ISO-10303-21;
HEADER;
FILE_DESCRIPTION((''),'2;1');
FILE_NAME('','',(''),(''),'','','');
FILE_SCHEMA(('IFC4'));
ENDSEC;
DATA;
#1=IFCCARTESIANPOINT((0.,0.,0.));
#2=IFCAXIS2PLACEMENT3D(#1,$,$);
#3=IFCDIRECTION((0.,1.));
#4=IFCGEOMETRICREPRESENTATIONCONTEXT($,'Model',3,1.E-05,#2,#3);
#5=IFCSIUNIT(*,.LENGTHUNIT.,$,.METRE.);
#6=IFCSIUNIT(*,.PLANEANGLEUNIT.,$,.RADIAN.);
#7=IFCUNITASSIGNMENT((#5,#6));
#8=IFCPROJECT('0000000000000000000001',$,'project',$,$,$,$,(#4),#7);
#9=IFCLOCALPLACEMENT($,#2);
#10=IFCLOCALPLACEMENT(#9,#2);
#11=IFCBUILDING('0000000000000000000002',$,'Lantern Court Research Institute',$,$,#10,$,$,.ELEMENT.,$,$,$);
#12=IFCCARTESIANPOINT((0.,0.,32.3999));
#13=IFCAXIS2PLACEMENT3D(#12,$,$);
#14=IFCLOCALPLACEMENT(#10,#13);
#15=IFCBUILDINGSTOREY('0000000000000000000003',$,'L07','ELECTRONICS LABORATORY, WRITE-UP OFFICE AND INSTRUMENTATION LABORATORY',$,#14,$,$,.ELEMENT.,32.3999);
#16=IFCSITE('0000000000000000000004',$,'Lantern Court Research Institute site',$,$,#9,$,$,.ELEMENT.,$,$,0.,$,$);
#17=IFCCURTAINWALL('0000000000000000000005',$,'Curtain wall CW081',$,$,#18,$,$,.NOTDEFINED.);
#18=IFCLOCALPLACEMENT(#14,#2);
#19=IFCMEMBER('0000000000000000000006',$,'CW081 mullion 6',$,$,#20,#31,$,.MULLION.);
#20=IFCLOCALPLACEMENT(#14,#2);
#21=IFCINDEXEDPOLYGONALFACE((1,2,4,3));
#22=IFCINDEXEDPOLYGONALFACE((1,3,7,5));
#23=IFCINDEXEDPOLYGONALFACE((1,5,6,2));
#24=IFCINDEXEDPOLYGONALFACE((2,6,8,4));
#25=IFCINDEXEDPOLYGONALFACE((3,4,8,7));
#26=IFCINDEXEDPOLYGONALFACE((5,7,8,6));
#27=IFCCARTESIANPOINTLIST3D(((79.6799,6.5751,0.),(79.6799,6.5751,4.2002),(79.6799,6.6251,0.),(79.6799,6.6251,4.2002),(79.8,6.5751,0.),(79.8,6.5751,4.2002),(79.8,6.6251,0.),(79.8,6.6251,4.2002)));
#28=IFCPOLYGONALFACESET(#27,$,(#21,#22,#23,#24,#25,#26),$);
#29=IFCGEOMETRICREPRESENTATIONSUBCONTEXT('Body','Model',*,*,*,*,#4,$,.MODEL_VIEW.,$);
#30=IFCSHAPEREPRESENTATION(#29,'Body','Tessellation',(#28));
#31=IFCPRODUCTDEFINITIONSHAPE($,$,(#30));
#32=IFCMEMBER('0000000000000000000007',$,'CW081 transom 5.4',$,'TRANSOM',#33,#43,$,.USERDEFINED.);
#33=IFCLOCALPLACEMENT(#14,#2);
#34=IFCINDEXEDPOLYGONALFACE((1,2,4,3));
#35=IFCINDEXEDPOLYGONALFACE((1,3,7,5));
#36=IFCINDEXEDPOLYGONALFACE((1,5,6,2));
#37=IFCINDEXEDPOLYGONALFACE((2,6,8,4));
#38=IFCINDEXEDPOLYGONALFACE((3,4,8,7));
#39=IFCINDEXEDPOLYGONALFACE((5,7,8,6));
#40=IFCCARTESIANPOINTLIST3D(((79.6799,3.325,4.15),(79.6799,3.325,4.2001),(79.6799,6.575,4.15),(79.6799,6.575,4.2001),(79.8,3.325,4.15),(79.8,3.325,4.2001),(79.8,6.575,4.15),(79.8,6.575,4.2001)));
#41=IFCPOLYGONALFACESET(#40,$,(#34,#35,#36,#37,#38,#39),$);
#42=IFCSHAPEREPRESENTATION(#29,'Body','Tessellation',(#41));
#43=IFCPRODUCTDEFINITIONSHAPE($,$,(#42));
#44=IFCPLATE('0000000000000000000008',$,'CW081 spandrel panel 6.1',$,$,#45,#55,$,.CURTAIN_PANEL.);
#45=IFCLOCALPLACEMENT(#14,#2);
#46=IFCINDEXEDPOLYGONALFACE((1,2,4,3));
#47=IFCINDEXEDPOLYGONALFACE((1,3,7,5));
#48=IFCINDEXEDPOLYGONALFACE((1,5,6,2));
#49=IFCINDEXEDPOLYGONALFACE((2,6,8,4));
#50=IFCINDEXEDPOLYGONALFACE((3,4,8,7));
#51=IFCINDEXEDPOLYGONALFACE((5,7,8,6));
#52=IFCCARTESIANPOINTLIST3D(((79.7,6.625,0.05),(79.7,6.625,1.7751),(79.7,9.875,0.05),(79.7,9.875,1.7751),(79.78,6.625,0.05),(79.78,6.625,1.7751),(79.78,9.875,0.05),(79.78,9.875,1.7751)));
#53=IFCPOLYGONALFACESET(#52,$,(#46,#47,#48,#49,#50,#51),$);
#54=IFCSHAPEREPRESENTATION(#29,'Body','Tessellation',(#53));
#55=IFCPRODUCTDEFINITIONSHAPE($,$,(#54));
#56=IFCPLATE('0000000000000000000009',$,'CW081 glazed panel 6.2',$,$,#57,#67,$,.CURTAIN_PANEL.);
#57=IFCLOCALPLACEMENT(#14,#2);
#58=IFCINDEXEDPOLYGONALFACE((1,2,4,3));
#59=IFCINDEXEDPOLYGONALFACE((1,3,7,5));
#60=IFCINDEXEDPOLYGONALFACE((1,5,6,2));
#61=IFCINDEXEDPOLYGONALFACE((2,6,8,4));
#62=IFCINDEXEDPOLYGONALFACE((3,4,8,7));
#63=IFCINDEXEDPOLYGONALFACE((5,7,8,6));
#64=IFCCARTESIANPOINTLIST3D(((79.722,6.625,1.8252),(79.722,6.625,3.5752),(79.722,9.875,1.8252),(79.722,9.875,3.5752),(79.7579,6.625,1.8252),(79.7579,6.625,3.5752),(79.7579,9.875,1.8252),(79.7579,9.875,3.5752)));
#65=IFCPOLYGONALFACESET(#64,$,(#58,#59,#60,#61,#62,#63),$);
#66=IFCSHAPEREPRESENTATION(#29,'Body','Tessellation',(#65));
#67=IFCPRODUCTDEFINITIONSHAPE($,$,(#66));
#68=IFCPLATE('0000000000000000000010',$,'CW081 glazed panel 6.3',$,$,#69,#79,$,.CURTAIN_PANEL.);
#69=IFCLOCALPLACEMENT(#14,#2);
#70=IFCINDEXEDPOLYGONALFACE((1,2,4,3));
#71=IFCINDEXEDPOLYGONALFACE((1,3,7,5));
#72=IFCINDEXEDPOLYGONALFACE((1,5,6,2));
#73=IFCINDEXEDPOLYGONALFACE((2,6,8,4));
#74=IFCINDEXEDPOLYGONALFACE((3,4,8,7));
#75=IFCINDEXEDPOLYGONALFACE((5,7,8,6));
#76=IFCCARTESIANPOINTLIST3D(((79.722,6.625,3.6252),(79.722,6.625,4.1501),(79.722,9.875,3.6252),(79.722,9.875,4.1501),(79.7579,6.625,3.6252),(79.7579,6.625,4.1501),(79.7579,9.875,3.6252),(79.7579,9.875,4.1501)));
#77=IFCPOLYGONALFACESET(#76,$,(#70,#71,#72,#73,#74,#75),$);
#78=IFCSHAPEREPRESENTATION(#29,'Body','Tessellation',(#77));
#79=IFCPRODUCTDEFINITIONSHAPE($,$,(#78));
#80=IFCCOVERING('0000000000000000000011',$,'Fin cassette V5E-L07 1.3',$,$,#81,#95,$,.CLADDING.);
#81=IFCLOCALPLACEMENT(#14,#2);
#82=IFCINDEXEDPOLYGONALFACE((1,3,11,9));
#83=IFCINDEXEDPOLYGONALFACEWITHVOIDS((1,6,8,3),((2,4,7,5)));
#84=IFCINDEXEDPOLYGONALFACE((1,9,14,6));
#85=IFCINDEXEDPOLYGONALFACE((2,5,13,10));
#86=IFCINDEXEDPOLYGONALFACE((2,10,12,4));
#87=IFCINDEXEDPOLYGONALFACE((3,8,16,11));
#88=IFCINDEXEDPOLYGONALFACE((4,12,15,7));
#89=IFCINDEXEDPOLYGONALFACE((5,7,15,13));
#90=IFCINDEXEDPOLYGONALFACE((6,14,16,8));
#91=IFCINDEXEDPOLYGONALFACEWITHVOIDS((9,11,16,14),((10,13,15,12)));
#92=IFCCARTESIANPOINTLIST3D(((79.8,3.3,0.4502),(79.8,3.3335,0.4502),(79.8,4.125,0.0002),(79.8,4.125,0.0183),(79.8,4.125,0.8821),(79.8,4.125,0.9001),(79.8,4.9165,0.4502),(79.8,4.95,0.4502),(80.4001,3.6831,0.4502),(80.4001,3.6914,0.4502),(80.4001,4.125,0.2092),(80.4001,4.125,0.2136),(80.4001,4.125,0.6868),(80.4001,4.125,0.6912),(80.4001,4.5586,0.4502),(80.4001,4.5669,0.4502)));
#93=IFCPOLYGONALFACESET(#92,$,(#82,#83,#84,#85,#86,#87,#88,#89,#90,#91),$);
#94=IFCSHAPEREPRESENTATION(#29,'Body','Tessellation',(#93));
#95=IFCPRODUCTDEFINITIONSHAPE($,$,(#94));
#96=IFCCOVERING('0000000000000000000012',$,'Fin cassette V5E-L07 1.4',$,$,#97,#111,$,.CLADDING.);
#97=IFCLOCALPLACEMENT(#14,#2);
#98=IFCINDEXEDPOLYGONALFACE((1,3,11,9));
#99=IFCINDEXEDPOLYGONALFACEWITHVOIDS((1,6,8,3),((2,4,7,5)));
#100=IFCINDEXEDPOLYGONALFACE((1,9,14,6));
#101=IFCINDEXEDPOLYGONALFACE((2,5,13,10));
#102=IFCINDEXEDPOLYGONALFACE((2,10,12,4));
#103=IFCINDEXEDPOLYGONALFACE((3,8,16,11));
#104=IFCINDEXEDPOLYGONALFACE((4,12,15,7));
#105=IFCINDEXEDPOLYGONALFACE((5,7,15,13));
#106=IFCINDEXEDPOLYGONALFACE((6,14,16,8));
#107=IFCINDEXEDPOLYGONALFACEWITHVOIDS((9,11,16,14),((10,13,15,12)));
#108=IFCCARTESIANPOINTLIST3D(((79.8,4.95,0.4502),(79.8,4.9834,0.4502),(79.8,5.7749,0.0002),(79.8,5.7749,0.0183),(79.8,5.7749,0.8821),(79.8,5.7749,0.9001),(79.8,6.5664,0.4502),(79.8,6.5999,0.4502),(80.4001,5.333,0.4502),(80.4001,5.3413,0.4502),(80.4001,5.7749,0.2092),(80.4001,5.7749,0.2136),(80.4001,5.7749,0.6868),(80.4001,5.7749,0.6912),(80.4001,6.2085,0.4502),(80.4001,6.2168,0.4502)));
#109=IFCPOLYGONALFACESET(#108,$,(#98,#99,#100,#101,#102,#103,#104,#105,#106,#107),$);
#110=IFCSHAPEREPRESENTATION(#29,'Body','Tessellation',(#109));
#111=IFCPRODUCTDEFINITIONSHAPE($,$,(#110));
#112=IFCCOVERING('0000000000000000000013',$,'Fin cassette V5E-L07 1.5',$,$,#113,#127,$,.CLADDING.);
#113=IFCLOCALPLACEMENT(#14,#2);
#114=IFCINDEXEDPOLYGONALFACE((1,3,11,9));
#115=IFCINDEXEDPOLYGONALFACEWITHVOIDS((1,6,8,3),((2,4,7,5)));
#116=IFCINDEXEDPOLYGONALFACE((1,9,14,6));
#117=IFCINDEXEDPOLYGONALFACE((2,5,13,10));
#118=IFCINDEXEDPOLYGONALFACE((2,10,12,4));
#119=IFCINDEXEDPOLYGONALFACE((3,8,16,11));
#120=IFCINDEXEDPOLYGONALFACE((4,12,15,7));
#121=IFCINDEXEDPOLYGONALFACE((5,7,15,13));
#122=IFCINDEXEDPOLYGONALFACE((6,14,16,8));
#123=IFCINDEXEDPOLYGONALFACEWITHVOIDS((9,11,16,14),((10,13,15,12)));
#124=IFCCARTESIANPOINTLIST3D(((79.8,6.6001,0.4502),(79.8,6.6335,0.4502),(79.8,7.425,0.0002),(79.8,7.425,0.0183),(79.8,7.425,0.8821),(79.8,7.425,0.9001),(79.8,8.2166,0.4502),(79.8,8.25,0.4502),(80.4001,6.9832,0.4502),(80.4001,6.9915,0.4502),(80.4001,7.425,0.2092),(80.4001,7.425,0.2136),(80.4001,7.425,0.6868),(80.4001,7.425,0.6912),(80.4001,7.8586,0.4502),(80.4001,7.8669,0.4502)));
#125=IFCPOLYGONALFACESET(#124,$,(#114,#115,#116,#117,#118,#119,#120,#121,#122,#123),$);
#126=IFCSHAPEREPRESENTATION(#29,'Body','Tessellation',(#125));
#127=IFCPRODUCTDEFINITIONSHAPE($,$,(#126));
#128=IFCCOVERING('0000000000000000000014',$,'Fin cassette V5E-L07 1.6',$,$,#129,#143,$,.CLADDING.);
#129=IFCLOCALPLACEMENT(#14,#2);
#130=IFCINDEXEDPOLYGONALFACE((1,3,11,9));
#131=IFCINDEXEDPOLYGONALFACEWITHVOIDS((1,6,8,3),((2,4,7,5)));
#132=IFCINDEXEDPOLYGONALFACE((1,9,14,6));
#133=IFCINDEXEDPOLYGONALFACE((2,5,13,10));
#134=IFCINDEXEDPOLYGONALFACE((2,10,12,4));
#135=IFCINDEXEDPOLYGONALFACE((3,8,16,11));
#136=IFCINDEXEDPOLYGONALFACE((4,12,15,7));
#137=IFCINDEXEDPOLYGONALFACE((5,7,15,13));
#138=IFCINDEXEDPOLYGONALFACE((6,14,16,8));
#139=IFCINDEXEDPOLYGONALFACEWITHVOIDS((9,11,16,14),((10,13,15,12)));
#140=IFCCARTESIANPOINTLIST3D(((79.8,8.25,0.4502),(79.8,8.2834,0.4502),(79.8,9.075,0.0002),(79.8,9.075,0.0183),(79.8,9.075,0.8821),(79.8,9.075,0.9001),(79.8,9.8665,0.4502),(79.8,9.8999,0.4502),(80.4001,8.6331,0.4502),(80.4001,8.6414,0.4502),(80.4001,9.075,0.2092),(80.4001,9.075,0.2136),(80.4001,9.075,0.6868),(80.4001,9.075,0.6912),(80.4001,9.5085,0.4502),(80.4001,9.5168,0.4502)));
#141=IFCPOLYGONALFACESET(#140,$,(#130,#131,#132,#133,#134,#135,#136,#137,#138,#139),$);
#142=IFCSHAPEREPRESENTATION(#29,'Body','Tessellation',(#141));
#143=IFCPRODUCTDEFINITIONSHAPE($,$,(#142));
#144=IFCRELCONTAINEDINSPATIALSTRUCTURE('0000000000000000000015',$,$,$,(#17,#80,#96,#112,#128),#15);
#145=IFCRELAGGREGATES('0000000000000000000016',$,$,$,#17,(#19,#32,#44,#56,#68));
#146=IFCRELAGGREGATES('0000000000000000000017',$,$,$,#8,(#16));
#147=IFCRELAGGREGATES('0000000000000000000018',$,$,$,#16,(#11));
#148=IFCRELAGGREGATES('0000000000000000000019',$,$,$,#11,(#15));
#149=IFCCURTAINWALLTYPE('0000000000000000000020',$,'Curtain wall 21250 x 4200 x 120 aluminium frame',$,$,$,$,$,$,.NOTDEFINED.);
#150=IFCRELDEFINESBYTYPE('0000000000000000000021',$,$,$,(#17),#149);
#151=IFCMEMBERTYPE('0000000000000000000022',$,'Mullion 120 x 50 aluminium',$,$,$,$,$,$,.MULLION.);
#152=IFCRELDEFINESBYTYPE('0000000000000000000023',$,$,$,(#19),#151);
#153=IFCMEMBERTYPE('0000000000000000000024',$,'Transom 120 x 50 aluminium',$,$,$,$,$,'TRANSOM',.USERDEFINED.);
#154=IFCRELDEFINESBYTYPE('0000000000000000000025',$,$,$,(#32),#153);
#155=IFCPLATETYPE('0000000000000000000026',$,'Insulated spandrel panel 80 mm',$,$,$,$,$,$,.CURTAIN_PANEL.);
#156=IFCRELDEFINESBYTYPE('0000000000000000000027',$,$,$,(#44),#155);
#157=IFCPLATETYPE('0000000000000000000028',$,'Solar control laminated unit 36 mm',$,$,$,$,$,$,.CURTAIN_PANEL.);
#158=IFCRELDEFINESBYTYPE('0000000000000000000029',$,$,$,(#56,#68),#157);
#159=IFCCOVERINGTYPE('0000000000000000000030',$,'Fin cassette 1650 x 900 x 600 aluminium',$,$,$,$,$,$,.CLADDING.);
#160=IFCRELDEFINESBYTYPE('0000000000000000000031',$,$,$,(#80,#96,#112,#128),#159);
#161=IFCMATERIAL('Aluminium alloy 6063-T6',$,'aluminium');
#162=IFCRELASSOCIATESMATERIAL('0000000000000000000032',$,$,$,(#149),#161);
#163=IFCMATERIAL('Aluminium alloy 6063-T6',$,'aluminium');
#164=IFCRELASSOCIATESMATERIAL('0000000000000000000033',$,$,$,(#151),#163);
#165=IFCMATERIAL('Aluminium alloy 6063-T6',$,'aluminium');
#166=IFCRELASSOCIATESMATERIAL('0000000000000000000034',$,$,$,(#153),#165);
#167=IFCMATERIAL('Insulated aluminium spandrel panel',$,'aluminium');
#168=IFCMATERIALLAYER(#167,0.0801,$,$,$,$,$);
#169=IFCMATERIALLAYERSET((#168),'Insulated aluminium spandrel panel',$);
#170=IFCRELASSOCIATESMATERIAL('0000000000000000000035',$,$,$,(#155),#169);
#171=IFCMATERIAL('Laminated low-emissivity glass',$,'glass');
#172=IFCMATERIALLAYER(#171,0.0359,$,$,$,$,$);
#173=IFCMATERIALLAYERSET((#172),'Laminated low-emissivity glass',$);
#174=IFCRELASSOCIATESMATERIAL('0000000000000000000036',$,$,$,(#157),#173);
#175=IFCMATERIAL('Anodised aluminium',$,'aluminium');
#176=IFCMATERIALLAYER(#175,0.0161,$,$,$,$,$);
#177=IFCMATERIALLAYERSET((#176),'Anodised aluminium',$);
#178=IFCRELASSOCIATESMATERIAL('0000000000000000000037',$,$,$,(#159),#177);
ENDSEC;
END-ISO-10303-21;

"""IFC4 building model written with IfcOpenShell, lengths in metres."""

from ifc_helpers import new_model, entity, si_unit, direction, frame, origin, origin_2d, place, context, subcontext, project, spatial, rectangle, extrude, material, layer, layer_set, material_profile, profile_set, type_object, element, aggregate, save


model = new_model("IFC4")

# Units and contexts
model_context = context("Model", 3, precision=1e-05, world=origin(), true_north=direction((0.0, 1.0)))
body_context = subcontext(model_context, "Body", "Model", "MODEL_VIEW")
ifc_project = project(units=[si_unit("LENGTHUNIT", "METRE"), si_unit("PLANEANGLEUNIT", "RADIAN")], contexts=[model_context])

# Site, building, storey
site_placement = place(None, origin())
site = spatial("IfcSite", under=ifc_project, at=site_placement, Name="Lantern Court Research Institute site", CompositionType="ELEMENT", RefElevation=0.0)
building_placement = place(site_placement, origin())
building = spatial("IfcBuilding", under=site, at=building_placement, Name="Lantern Court Research Institute", CompositionType="ELEMENT")
storey_placement = place(building_placement, frame((0.0, 0.0, 32.3999)))
storey = spatial("IfcBuildingStorey", under=building, at=storey_placement, Name="L07", Description="ELECTRONICS LABORATORY, WRITE-UP OFFICE AND INSTRUMENTATION LABORATORY", CompositionType="ELEMENT", Elevation=32.3999)

# Curtain wall, members, plates
ifc_material_1 = material(Name="Aluminium alloy 6063-T6", Category="aluminium")
curtain_wall_type = type_object("IfcCurtainWallType", Name="Curtain wall 21250 x 4200 x 120 aluminium frame", PredefinedType="NOTDEFINED", material=ifc_material_1)
curtain_wall_placement = place(storey_placement, origin())
curtain_wall = element("IfcCurtainWall", 1, at=curtain_wall_placement, inside=storey, type_object=curtain_wall_type, Name="Curtain wall CW081", PredefinedType="NOTDEFINED")
ifc_material_2 = material(Name="Aluminium alloy 6063-T6", Category="aluminium")
ifc_material_profile_1 = material_profile(ifc_material_2, rectangle(XDim=0.1201, YDim=0.05, at=origin_2d()), Name="Mullion 120 x 50")
ifc_profile_set_1 = profile_set([ifc_material_profile_1], Name="Aluminium alloy 6063-T6")
member_type_1 = type_object("IfcMemberType", Name="Mullion 120 x 50 aluminium", PredefinedType="MULLION", material=ifc_profile_set_1)
member_1_placement = place(storey_placement, frame((79.74, 6.6001, 0.0), z_axis=(0.0, 0.0, 1.0), x_axis=(1.0, 0.0, 0.0)))
member_1 = element("IfcMember", 2, at=member_1_placement, type_object=member_type_1, Name="CW081 mullion 6", PredefinedType="MULLION", context=body_context, shape_type="SweptSolid", body=[
    extrude(rectangle(XDim=0.1201, YDim=0.05, at=origin_2d()), origin(), (0.0, 0.0, 1.0), 4.2002),
])
ifc_material_3 = material(Name="Aluminium alloy 6063-T6", Category="aluminium")
ifc_material_profile_2 = material_profile(ifc_material_3, rectangle(XDim=0.1201, YDim=0.05, at=origin_2d()), Name="Transom 120 x 50")
ifc_profile_set_2 = profile_set([ifc_material_profile_2], Name="Aluminium alloy 6063-T6")
member_type_2 = type_object("IfcMemberType", Name="Transom 120 x 50 aluminium", ElementType="TRANSOM", PredefinedType="USERDEFINED", material=ifc_profile_set_2)
member_2_placement = place(storey_placement, frame((79.74, 6.575, 4.175), z_axis=(0.0, -1.0, 0.0), x_axis=(1.0, 0.0, 0.0)))
member_2 = element("IfcMember", 3, at=member_2_placement, type_object=member_type_2, Name="CW081 transom 5.4", ObjectType="TRANSOM", PredefinedType="USERDEFINED", context=body_context, shape_type="SweptSolid", body=[
    extrude(rectangle(XDim=0.1201, YDim=0.05, at=origin_2d()), origin(), (0.0, 0.0, 1.0), 3.25),
])
ifc_material_4 = material(Name="Insulated aluminium spandrel panel", Category="aluminium")
ifc_layer_1 = layer(ifc_material_4, 0.0801)
ifc_layer_set_1 = layer_set([ifc_layer_1], Name="Insulated aluminium spandrel panel")
plate_type_1 = type_object("IfcPlateType", Name="Insulated spandrel panel 80 mm", PredefinedType="CURTAIN_PANEL", material=ifc_layer_set_1)
plate_1_placement = place(storey_placement, frame((79.74, 8.25, 0.05), z_axis=(0.0, 0.0, 1.0), x_axis=(0.0, -1.0, 0.0)))
plate_1 = element("IfcPlate", 4, at=plate_1_placement, type_object=plate_type_1, Name="CW081 spandrel panel 6.1", PredefinedType="CURTAIN_PANEL", context=body_context, shape_type="SweptSolid", body=[
    extrude(rectangle(XDim=3.25, YDim=0.0801, at=origin_2d()), origin(), (0.0, 0.0, 1.0), 1.7251),
])
ifc_material_5 = material(Name="Laminated low-emissivity glass", Category="glass")
ifc_layer_2 = layer(ifc_material_5, 0.0359)
ifc_layer_set_2 = layer_set([ifc_layer_2], Name="Laminated low-emissivity glass")
plate_type_2 = type_object("IfcPlateType", Name="Solar control laminated unit 36 mm", PredefinedType="CURTAIN_PANEL", material=ifc_layer_set_2)
plate_2_placement = place(storey_placement, frame((79.74, 8.25, 1.8252), z_axis=(0.0, 0.0, 1.0), x_axis=(0.0, -1.0, 0.0)))
plate_2 = element("IfcPlate", 5, at=plate_2_placement, type_object=plate_type_2, Name="CW081 glazed panel 6.2", PredefinedType="CURTAIN_PANEL", context=body_context, shape_type="SweptSolid", body=[
    extrude(rectangle(XDim=3.25, YDim=0.0359, at=origin_2d()), origin(), (0.0, 0.0, 1.0), 1.75),
])
plate_3_placement = place(storey_placement, frame((79.74, 8.25, 3.6252), z_axis=(0.0, 0.0, 1.0), x_axis=(0.0, -1.0, 0.0)))
plate_3 = element("IfcPlate", 6, at=plate_3_placement, type_object=plate_type_2, Name="CW081 glazed panel 6.3", PredefinedType="CURTAIN_PANEL", context=body_context, shape_type="SweptSolid", body=[
    extrude(rectangle(XDim=3.25, YDim=0.0359, at=origin_2d()), origin(), (0.0, 0.0, 1.0), 0.5249),
])
aggregate(curtain_wall, [member_1, member_2, plate_1, plate_2, plate_3])

# Coverings
ifc_material_6 = material(Name="Anodised aluminium", Category="aluminium")
ifc_layer_3 = layer(ifc_material_6, 0.0161)
ifc_layer_set_3 = layer_set([ifc_layer_3], Name="Anodised aluminium")
covering_type = type_object("IfcCoveringType", Name="Fin cassette 1650 x 900 x 600 aluminium", PredefinedType="CLADDING", material=ifc_layer_set_3)
covering_1_placement = place(storey_placement, frame((79.8, 4.125, 0.4502), z_axis=(1.0, 0.0, 0.0), x_axis=(0.0, 1.0, 0.0)))
cartesian_point_1 = entity("IfcCartesianPoint", [0.825, 0.0])
cartesian_point_2 = entity("IfcCartesianPoint", [0.7915, 0.0])
cartesian_point_3 = entity("IfcCartesianPoint", [0.4419, 0.0])
cartesian_point_4 = entity("IfcCartesianPoint", [0.4336, 0.0])
element("IfcCovering", 7, at=covering_1_placement, inside=storey, type_object=covering_type, Name="Fin cassette V5E-L07 1.3", PredefinedType="CLADDING", context=body_context, shape_type="SweptSolid", body=[
    entity("IfcExtrudedAreaSolidTapered", entity("IfcArbitraryProfileDefWithVoids", "AREA", None, entity("IfcPolyline", [cartesian_point_1, entity("IfcCartesianPoint", [0.0, 0.45]), entity("IfcCartesianPoint", [-0.825, 0.0]), entity("IfcCartesianPoint", [0.0, -0.45]), cartesian_point_1]), [entity("IfcPolyline", [cartesian_point_2, entity("IfcCartesianPoint", [0.0, 0.4319]), entity("IfcCartesianPoint", [-0.7915, 0.0]), entity("IfcCartesianPoint", [0.0, -0.4319]), cartesian_point_2])]), entity("IfcAxis2Placement3D", entity("IfcCartesianPoint", [0.0, 0.0, 0.0])), entity("IfcDirection", [0.0, 0.0, 1.0]), 0.6001, entity("IfcArbitraryProfileDefWithVoids", "AREA", None, entity("IfcPolyline", [cartesian_point_3, entity("IfcCartesianPoint", [0.0, 0.241]), entity("IfcCartesianPoint", [-0.4419, 0.0]), entity("IfcCartesianPoint", [0.0, -0.241]), cartesian_point_3]), [entity("IfcPolyline", [cartesian_point_4, entity("IfcCartesianPoint", [0.0, 0.2366]), entity("IfcCartesianPoint", [-0.4336, 0.0]), entity("IfcCartesianPoint", [0.0, -0.2366]), cartesian_point_4])])),
])
covering_2_placement = place(storey_placement, frame((79.8, 5.7749, 0.4502), z_axis=(1.0, 0.0, 0.0), x_axis=(0.0, 1.0, 0.0)))
cartesian_point_5 = entity("IfcCartesianPoint", [0.825, 0.0])
cartesian_point_6 = entity("IfcCartesianPoint", [0.7915, 0.0])
cartesian_point_7 = entity("IfcCartesianPoint", [0.4419, 0.0])
cartesian_point_8 = entity("IfcCartesianPoint", [0.4336, 0.0])
element("IfcCovering", 8, at=covering_2_placement, inside=storey, type_object=covering_type, Name="Fin cassette V5E-L07 1.4", PredefinedType="CLADDING", context=body_context, shape_type="SweptSolid", body=[
    entity("IfcExtrudedAreaSolidTapered", entity("IfcArbitraryProfileDefWithVoids", "AREA", None, entity("IfcPolyline", [cartesian_point_5, entity("IfcCartesianPoint", [0.0, 0.45]), entity("IfcCartesianPoint", [-0.825, 0.0]), entity("IfcCartesianPoint", [0.0, -0.45]), cartesian_point_5]), [entity("IfcPolyline", [cartesian_point_6, entity("IfcCartesianPoint", [0.0, 0.4319]), entity("IfcCartesianPoint", [-0.7915, 0.0]), entity("IfcCartesianPoint", [0.0, -0.4319]), cartesian_point_6])]), entity("IfcAxis2Placement3D", entity("IfcCartesianPoint", [0.0, 0.0, 0.0])), entity("IfcDirection", [0.0, 0.0, 1.0]), 0.6001, entity("IfcArbitraryProfileDefWithVoids", "AREA", None, entity("IfcPolyline", [cartesian_point_7, entity("IfcCartesianPoint", [0.0, 0.241]), entity("IfcCartesianPoint", [-0.4419, 0.0]), entity("IfcCartesianPoint", [0.0, -0.241]), cartesian_point_7]), [entity("IfcPolyline", [cartesian_point_8, entity("IfcCartesianPoint", [0.0, 0.2366]), entity("IfcCartesianPoint", [-0.4336, 0.0]), entity("IfcCartesianPoint", [0.0, -0.2366]), cartesian_point_8])])),
])
covering_3_placement = place(storey_placement, frame((79.8, 7.425, 0.4502), z_axis=(1.0, 0.0, 0.0), x_axis=(0.0, 1.0, 0.0)))
cartesian_point_9 = entity("IfcCartesianPoint", [0.825, 0.0])
cartesian_point_10 = entity("IfcCartesianPoint", [0.7915, 0.0])
cartesian_point_11 = entity("IfcCartesianPoint", [0.4419, 0.0])
cartesian_point_12 = entity("IfcCartesianPoint", [0.4336, 0.0])
element("IfcCovering", 9, at=covering_3_placement, inside=storey, type_object=covering_type, Name="Fin cassette V5E-L07 1.5", PredefinedType="CLADDING", context=body_context, shape_type="SweptSolid", body=[
    entity("IfcExtrudedAreaSolidTapered", entity("IfcArbitraryProfileDefWithVoids", "AREA", None, entity("IfcPolyline", [cartesian_point_9, entity("IfcCartesianPoint", [0.0, 0.45]), entity("IfcCartesianPoint", [-0.825, 0.0]), entity("IfcCartesianPoint", [0.0, -0.45]), cartesian_point_9]), [entity("IfcPolyline", [cartesian_point_10, entity("IfcCartesianPoint", [0.0, 0.4319]), entity("IfcCartesianPoint", [-0.7915, 0.0]), entity("IfcCartesianPoint", [0.0, -0.4319]), cartesian_point_10])]), entity("IfcAxis2Placement3D", entity("IfcCartesianPoint", [0.0, 0.0, 0.0])), entity("IfcDirection", [0.0, 0.0, 1.0]), 0.6001, entity("IfcArbitraryProfileDefWithVoids", "AREA", None, entity("IfcPolyline", [cartesian_point_11, entity("IfcCartesianPoint", [0.0, 0.241]), entity("IfcCartesianPoint", [-0.4419, 0.0]), entity("IfcCartesianPoint", [0.0, -0.241]), cartesian_point_11]), [entity("IfcPolyline", [cartesian_point_12, entity("IfcCartesianPoint", [0.0, 0.2366]), entity("IfcCartesianPoint", [-0.4336, 0.0]), entity("IfcCartesianPoint", [0.0, -0.2366]), cartesian_point_12])])),
])
covering_4_placement = place(storey_placement, frame((79.8, 9.075, 0.4502), z_axis=(1.0, 0.0, 0.0), x_axis=(0.0, 1.0, 0.0)))
cartesian_point_13 = entity("IfcCartesianPoint", [0.825, 0.0])
cartesian_point_14 = entity("IfcCartesianPoint", [0.7915, 0.0])
cartesian_point_15 = entity("IfcCartesianPoint", [0.4419, 0.0])
cartesian_point_16 = entity("IfcCartesianPoint", [0.4336, 0.0])
element("IfcCovering", 10, at=covering_4_placement, inside=storey, type_object=covering_type, Name="Fin cassette V5E-L07 1.6", PredefinedType="CLADDING", context=body_context, shape_type="SweptSolid", body=[
    entity("IfcExtrudedAreaSolidTapered", entity("IfcArbitraryProfileDefWithVoids", "AREA", None, entity("IfcPolyline", [cartesian_point_13, entity("IfcCartesianPoint", [0.0, 0.45]), entity("IfcCartesianPoint", [-0.825, 0.0]), entity("IfcCartesianPoint", [0.0, -0.45]), cartesian_point_13]), [entity("IfcPolyline", [cartesian_point_14, entity("IfcCartesianPoint", [0.0, 0.4319]), entity("IfcCartesianPoint", [-0.7915, 0.0]), entity("IfcCartesianPoint", [0.0, -0.4319]), cartesian_point_14])]), entity("IfcAxis2Placement3D", entity("IfcCartesianPoint", [0.0, 0.0, 0.0])), entity("IfcDirection", [0.0, 0.0, 1.0]), 0.6001, entity("IfcArbitraryProfileDefWithVoids", "AREA", None, entity("IfcPolyline", [cartesian_point_15, entity("IfcCartesianPoint", [0.0, 0.241]), entity("IfcCartesianPoint", [-0.4419, 0.0]), entity("IfcCartesianPoint", [0.0, -0.241]), cartesian_point_15]), [entity("IfcPolyline", [cartesian_point_16, entity("IfcCartesianPoint", [0.0, 0.2366]), entity("IfcCartesianPoint", [-0.4336, 0.0]), entity("IfcCartesianPoint", [0.0, -0.2366]), cartesian_point_16])])),
])

save(model, "model.ifc")
